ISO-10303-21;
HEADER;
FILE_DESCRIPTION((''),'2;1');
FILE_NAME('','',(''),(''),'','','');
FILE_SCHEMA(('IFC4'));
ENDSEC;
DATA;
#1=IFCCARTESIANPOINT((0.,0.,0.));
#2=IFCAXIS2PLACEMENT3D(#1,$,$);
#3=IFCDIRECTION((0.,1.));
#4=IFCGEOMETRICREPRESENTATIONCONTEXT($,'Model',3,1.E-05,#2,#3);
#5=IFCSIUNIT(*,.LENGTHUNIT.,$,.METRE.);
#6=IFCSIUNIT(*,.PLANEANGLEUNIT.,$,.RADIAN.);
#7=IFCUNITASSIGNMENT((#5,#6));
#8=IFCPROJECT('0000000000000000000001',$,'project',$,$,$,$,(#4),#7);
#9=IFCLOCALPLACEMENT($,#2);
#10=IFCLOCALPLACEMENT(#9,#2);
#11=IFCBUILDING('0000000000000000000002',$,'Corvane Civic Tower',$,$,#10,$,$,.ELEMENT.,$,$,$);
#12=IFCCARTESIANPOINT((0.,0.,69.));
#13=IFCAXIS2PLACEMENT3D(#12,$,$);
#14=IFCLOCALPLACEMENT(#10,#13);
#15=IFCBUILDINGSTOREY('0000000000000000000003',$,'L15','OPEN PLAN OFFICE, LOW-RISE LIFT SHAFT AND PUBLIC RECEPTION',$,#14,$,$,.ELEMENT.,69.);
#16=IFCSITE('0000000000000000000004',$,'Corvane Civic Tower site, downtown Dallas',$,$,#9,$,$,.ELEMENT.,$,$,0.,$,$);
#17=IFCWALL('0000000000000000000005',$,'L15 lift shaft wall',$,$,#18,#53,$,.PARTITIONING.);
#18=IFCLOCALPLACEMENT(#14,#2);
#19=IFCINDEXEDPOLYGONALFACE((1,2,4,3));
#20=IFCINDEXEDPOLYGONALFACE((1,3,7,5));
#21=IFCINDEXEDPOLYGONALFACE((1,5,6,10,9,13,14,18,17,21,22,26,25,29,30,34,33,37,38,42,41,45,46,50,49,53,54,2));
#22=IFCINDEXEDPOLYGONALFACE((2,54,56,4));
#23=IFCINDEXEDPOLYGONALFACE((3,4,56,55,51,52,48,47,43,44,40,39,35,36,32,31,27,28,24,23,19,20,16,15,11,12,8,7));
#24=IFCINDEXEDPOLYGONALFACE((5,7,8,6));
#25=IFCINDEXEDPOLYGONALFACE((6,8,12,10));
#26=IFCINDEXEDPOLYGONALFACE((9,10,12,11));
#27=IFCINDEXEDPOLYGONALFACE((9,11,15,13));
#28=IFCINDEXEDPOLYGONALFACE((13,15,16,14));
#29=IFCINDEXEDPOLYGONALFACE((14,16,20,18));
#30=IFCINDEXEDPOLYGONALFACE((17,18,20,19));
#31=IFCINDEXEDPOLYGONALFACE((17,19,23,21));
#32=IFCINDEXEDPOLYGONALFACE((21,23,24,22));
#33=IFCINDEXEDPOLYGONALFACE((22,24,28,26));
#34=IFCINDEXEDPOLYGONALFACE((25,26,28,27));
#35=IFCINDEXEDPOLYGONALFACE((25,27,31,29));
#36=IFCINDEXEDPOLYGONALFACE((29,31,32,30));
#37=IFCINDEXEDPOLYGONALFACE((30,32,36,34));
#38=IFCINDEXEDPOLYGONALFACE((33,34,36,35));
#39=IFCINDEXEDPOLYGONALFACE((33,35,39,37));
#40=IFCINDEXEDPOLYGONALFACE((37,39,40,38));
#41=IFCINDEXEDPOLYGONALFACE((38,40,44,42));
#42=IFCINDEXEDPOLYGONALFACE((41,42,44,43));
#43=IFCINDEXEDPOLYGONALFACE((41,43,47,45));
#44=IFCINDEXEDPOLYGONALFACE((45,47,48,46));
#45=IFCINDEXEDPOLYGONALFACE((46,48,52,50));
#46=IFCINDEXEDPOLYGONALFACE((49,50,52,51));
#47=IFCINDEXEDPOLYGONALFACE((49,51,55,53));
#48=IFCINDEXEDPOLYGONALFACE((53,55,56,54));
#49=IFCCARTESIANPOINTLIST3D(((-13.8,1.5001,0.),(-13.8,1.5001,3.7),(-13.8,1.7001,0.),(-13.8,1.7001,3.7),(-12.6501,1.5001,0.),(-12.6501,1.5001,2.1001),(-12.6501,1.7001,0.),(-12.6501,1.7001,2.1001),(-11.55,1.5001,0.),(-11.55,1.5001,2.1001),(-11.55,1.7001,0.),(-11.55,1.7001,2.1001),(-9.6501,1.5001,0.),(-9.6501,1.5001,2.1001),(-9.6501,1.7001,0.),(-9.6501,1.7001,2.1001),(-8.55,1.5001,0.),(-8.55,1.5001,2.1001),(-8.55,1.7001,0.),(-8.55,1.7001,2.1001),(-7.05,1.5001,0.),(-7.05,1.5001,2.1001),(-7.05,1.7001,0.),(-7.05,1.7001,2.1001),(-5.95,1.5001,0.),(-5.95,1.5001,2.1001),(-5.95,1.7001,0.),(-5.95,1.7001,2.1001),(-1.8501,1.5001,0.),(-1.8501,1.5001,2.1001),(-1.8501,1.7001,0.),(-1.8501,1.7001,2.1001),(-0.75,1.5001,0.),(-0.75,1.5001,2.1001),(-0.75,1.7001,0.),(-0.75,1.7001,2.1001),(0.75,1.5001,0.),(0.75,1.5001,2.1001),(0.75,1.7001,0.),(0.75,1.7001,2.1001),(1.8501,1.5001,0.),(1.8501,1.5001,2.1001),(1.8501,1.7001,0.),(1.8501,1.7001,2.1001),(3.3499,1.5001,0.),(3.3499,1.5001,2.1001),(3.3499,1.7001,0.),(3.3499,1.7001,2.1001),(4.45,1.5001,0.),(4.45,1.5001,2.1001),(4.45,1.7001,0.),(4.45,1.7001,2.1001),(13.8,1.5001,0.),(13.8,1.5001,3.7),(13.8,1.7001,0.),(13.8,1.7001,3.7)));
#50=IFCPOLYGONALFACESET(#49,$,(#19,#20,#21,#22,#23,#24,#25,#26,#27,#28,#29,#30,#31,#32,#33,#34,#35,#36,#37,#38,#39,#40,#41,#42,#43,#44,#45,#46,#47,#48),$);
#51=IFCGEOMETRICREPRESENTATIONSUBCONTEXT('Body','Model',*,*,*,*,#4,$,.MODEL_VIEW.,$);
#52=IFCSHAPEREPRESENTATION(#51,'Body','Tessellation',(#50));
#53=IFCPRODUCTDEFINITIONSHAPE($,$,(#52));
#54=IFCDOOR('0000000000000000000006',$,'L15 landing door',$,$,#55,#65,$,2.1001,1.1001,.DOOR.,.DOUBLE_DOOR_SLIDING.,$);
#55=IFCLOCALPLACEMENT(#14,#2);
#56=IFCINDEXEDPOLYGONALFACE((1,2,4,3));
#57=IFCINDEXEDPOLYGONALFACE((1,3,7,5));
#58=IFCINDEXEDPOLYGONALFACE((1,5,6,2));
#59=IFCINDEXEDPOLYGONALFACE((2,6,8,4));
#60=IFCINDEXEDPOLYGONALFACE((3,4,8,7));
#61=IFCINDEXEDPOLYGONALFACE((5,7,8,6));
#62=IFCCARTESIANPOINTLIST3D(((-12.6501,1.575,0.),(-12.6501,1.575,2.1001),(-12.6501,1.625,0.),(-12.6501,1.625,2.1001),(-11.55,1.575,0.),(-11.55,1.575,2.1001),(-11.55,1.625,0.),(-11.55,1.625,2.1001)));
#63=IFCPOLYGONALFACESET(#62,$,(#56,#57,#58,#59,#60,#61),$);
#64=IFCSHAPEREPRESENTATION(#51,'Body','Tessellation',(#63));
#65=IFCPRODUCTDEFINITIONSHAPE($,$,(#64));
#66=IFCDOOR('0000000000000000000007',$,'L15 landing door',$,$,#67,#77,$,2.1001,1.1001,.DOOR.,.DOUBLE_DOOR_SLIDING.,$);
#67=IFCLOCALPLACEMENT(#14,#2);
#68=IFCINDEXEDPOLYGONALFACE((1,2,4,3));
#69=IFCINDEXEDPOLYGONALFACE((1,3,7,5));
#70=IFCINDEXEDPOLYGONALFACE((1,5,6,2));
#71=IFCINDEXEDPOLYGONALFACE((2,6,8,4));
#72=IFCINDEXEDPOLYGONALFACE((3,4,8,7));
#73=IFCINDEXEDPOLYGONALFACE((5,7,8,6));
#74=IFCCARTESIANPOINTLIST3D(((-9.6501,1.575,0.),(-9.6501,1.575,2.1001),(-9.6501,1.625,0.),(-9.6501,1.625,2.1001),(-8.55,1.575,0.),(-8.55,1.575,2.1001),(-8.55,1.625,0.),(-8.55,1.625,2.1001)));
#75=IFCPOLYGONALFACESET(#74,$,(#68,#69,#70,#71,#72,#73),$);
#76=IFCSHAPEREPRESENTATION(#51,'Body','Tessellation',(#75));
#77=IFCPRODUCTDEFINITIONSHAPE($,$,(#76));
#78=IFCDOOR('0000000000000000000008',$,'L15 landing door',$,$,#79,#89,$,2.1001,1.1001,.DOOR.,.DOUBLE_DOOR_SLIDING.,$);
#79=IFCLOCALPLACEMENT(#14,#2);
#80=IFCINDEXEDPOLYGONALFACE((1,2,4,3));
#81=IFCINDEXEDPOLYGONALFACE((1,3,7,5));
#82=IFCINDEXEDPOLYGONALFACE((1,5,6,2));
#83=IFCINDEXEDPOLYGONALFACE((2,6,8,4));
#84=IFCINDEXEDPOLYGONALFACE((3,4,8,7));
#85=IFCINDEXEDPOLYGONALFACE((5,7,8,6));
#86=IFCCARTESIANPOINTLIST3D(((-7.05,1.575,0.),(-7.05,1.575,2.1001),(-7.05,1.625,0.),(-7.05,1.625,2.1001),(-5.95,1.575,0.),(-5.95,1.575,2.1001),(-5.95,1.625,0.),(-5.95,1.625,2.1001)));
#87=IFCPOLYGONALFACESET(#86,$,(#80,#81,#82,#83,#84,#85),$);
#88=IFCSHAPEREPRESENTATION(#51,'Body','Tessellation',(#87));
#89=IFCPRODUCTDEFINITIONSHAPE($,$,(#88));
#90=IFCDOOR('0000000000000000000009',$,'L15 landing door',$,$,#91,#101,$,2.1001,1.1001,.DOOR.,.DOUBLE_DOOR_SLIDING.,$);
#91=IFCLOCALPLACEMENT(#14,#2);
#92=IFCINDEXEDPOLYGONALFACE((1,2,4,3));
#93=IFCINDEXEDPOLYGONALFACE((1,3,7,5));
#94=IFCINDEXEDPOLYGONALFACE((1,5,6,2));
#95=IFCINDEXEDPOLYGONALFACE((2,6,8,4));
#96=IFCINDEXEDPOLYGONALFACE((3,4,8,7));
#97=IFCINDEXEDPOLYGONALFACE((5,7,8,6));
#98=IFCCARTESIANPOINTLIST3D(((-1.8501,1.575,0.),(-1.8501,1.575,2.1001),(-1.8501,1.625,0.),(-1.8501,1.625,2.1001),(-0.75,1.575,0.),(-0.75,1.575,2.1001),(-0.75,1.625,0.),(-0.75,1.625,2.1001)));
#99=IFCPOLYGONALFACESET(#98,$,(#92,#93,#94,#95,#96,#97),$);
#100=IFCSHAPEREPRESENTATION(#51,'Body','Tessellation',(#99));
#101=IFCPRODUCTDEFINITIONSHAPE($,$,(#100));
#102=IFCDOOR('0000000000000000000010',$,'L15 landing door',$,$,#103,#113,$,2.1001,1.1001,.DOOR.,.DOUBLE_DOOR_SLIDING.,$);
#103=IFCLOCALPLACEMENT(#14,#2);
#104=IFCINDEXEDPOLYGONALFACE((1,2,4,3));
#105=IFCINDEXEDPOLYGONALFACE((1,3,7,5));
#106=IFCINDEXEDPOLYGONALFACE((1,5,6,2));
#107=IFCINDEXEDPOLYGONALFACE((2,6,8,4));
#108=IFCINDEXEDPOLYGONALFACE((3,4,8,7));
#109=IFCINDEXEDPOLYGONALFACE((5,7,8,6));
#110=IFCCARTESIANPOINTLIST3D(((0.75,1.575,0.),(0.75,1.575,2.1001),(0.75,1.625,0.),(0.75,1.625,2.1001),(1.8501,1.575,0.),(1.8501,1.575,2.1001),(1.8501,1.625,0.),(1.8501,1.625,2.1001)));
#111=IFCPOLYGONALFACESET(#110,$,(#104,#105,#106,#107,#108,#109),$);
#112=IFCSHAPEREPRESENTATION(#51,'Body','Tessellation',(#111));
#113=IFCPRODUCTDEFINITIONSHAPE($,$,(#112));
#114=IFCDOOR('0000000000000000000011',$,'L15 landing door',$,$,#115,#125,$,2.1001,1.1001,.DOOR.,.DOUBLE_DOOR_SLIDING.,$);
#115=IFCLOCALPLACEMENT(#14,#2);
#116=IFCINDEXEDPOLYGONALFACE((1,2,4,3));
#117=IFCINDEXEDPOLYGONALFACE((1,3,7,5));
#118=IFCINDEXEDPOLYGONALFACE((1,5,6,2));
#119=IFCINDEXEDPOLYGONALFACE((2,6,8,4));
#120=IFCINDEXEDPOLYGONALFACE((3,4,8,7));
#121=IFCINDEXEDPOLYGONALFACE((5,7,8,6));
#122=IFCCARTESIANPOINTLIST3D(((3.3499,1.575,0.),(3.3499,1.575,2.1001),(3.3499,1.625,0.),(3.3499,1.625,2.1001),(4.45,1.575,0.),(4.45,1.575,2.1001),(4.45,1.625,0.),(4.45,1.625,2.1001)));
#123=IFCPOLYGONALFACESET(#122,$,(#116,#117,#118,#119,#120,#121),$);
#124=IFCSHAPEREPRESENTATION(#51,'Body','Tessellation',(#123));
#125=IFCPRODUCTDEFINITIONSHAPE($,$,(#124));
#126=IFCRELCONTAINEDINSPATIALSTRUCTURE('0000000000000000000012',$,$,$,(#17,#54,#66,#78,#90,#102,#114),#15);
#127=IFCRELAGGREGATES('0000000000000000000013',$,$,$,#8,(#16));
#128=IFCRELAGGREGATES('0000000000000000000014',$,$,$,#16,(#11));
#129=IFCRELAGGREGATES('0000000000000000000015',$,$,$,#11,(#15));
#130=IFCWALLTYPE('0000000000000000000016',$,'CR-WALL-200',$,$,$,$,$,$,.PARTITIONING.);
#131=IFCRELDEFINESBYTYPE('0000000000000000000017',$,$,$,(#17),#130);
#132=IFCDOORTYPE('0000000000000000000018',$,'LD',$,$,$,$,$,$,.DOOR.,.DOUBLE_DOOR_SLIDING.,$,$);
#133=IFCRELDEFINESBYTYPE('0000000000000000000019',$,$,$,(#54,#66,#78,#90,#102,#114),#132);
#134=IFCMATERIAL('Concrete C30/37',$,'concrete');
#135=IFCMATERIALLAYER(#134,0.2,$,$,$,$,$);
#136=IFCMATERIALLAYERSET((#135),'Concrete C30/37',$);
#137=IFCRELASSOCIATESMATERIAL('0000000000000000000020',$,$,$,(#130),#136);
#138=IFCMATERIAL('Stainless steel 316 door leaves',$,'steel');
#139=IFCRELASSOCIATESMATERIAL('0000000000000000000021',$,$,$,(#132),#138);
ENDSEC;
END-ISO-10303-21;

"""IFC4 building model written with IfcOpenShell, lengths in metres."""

from ifc_helpers import new_model, si_unit, direction, frame, frame_2d, origin, place, context, subcontext, project, spatial, rectangle, extrude, material, layer, layer_set, type_object, element, fill, save


model = new_model("IFC4")

# Units and contexts
model_context = context("Model", 3, precision=1e-05, world=origin(), true_north=direction((0.0, 1.0)))
body_context = subcontext(model_context, "Body", "Model", "MODEL_VIEW")
ifc_project = project(units=[si_unit("LENGTHUNIT", "METRE"), si_unit("PLANEANGLEUNIT", "RADIAN")], contexts=[model_context])

# Site, building, storey
site_placement = place(None, origin())
site = spatial("IfcSite", under=ifc_project, at=site_placement, Name="Corvane Civic Tower site, downtown Dallas", CompositionType="ELEMENT", RefElevation=0.0)
building_placement = place(site_placement, origin())
building = spatial("IfcBuilding", under=site, at=building_placement, Name="Corvane Civic Tower", CompositionType="ELEMENT")
storey_placement = place(building_placement, frame((0.0, 0.0, 69.0)))
storey = spatial("IfcBuildingStorey", under=building, at=storey_placement, Name="L15", Description="OPEN PLAN OFFICE, LOW-RISE LIFT SHAFT AND PUBLIC RECEPTION", CompositionType="ELEMENT", Elevation=69.0)

# Wall, openings, doors
ifc_material_1 = material(Name="Concrete C30/37", Category="concrete")
ifc_layer_1 = layer(ifc_material_1, 0.2)
ifc_layer_set_1 = layer_set([ifc_layer_1], Name="Concrete C30/37")
wall_type_1 = type_object("IfcWallType", Name="CR-WALL-200", PredefinedType="PARTITIONING", material=ifc_layer_set_1)
wall_1_placement = place(storey_placement, frame((-13.8, 1.6001, 0.0), z_axis=(0.0, 0.0, 1.0), x_axis=(1.0, 0.0, 0.0)))
wall_1 = element("IfcWall", 1, at=wall_1_placement, inside=storey, type_object=wall_type_1, Name="L15 lift shaft wall", PredefinedType="PARTITIONING", context=body_context, shape_type="SweptSolid", body=[
    extrude(rectangle(XDim=27.6001, YDim=0.2, at=frame_2d((13.8, 0.0))), origin(), (0.0, 0.0, 1.0), 3.7),
])
opening_1_placement = place(wall_1_placement, frame((1.1499, 0.0, 0.0)))
opening_1 = element("IfcOpeningElement", 2, at=opening_1_placement, cuts=wall_1, PredefinedType="OPENING", context=body_context, shape_type="SweptSolid", body=[
    extrude(rectangle(XDim=1.1001, YDim=2.1001, at=frame_2d((0.55, 1.05))), frame((0.0, 0.1099, 0.0), z_axis=(0.0, -1.0, 0.0), x_axis=(1.0, 0.0, 0.0)), (0.0, 0.0, 1.0), 0.22),
])
opening_2_placement = place(wall_1_placement, frame((4.1499, 0.0, 0.0)))
opening_2 = element("IfcOpeningElement", 3, at=opening_2_placement, cuts=wall_1, PredefinedType="OPENING", context=body_context, shape_type="SweptSolid", body=[
    extrude(rectangle(XDim=1.1001, YDim=2.1001, at=frame_2d((0.55, 1.05))), frame((0.0, 0.1099, 0.0), z_axis=(0.0, -1.0, 0.0), x_axis=(1.0, 0.0, 0.0)), (0.0, 0.0, 1.0), 0.22),
])
opening_3_placement = place(wall_1_placement, frame((6.75, 0.0, 0.0)))
opening_3 = element("IfcOpeningElement", 4, at=opening_3_placement, cuts=wall_1, PredefinedType="OPENING", context=body_context, shape_type="SweptSolid", body=[
    extrude(rectangle(XDim=1.1001, YDim=2.1001, at=frame_2d((0.55, 1.05))), frame((0.0, 0.1099, 0.0), z_axis=(0.0, -1.0, 0.0), x_axis=(1.0, 0.0, 0.0)), (0.0, 0.0, 1.0), 0.22),
])
opening_4_placement = place(wall_1_placement, frame((11.95, 0.0, 0.0)))
opening_4 = element("IfcOpeningElement", 5, at=opening_4_placement, cuts=wall_1, PredefinedType="OPENING", context=body_context, shape_type="SweptSolid", body=[
    extrude(rectangle(XDim=1.1001, YDim=2.1001, at=frame_2d((0.55, 1.05))), frame((0.0, 0.1099, 0.0), z_axis=(0.0, -1.0, 0.0), x_axis=(1.0, 0.0, 0.0)), (0.0, 0.0, 1.0), 0.22),
])
opening_5_placement = place(wall_1_placement, frame((14.55, 0.0, 0.0)))
opening_5 = element("IfcOpeningElement", 6, at=opening_5_placement, cuts=wall_1, PredefinedType="OPENING", context=body_context, shape_type="SweptSolid", body=[
    extrude(rectangle(XDim=1.1001, YDim=2.1001, at=frame_2d((0.55, 1.05))), frame((0.0, 0.1099, 0.0), z_axis=(0.0, -1.0, 0.0), x_axis=(1.0, 0.0, 0.0)), (0.0, 0.0, 1.0), 0.22),
])
opening_6_placement = place(wall_1_placement, frame((17.1499, 0.0, 0.0)))
opening_6 = element("IfcOpeningElement", 7, at=opening_6_placement, cuts=wall_1, PredefinedType="OPENING", context=body_context, shape_type="SweptSolid", body=[
    extrude(rectangle(XDim=1.1001, YDim=2.1001, at=frame_2d((0.55, 1.05))), frame((0.0, 0.1099, 0.0), z_axis=(0.0, -1.0, 0.0), x_axis=(1.0, 0.0, 0.0)), (0.0, 0.0, 1.0), 0.22),
])
ifc_material_2 = material(Name="Stainless steel 316 door leaves", Category="steel")
door_type_1 = type_object("IfcDoorType", Name="LD", OperationType="DOUBLE_DOOR_SLIDING", PredefinedType="DOOR", material=ifc_material_2)
door_1_placement = place(opening_1_placement, origin())
door_1 = element("IfcDoor", 8, at=door_1_placement, inside=storey, type_object=door_type_1, Name="L15 landing door", OperationType="DOUBLE_DOOR_SLIDING", OverallHeight=2.1001, OverallWidth=1.1001, PredefinedType="DOOR", context=body_context, shape_type="SweptSolid", body=[
    extrude(rectangle(XDim=1.1001, YDim=2.1001, at=frame_2d((0.55, 1.05))), frame((0.0, 0.0249, 0.0), z_axis=(0.0, -1.0, 0.0), x_axis=(1.0, 0.0, 0.0)), (0.0, 0.0, 1.0), 0.05),
])
fill(opening_1, door_1)
door_2_placement = place(opening_2_placement, origin())
door_2 = element("IfcDoor", 9, at=door_2_placement, inside=storey, type_object=door_type_1, Name="L15 landing door", OperationType="DOUBLE_DOOR_SLIDING", OverallHeight=2.1001, OverallWidth=1.1001, PredefinedType="DOOR", context=body_context, shape_type="SweptSolid", body=[
    extrude(rectangle(XDim=1.1001, YDim=2.1001, at=frame_2d((0.55, 1.05))), frame((0.0, 0.0249, 0.0), z_axis=(0.0, -1.0, 0.0), x_axis=(1.0, 0.0, 0.0)), (0.0, 0.0, 1.0), 0.05),
])
fill(opening_2, door_2)
door_3_placement = place(opening_3_placement, origin())
door_3 = element("IfcDoor", 10, at=door_3_placement, inside=storey, type_object=door_type_1, Name="L15 landing door", OperationType="DOUBLE_DOOR_SLIDING", OverallHeight=2.1001, OverallWidth=1.1001, PredefinedType="DOOR", context=body_context, shape_type="SweptSolid", body=[
    extrude(rectangle(XDim=1.1001, YDim=2.1001, at=frame_2d((0.55, 1.05))), frame((0.0, 0.0249, 0.0), z_axis=(0.0, -1.0, 0.0), x_axis=(1.0, 0.0, 0.0)), (0.0, 0.0, 1.0), 0.05),
])
fill(opening_3, door_3)
door_4_placement = place(opening_4_placement, origin())
door_4 = element("IfcDoor", 11, at=door_4_placement, inside=storey, type_object=door_type_1, Name="L15 landing door", OperationType="DOUBLE_DOOR_SLIDING", OverallHeight=2.1001, OverallWidth=1.1001, PredefinedType="DOOR", context=body_context, shape_type="SweptSolid", body=[
    extrude(rectangle(XDim=1.1001, YDim=2.1001, at=frame_2d((0.55, 1.05))), frame((0.0, 0.0249, 0.0), z_axis=(0.0, -1.0, 0.0), x_axis=(1.0, 0.0, 0.0)), (0.0, 0.0, 1.0), 0.05),
])
fill(opening_4, door_4)
door_5_placement = place(opening_5_placement, origin())
door_5 = element("IfcDoor", 12, at=door_5_placement, inside=storey, type_object=door_type_1, Name="L15 landing door", OperationType="DOUBLE_DOOR_SLIDING", OverallHeight=2.1001, OverallWidth=1.1001, PredefinedType="DOOR", context=body_context, shape_type="SweptSolid", body=[
    extrude(rectangle(XDim=1.1001, YDim=2.1001, at=frame_2d((0.55, 1.05))), frame((0.0, 0.0249, 0.0), z_axis=(0.0, -1.0, 0.0), x_axis=(1.0, 0.0, 0.0)), (0.0, 0.0, 1.0), 0.05),
])
fill(opening_5, door_5)
door_6_placement = place(opening_6_placement, origin())
door_6 = element("IfcDoor", 13, at=door_6_placement, inside=storey, type_object=door_type_1, Name="L15 landing door", OperationType="DOUBLE_DOOR_SLIDING", OverallHeight=2.1001, OverallWidth=1.1001, PredefinedType="DOOR", context=body_context, shape_type="SweptSolid", body=[
    extrude(rectangle(XDim=1.1001, YDim=2.1001, at=frame_2d((0.55, 1.05))), frame((0.0, 0.0249, 0.0), z_axis=(0.0, -1.0, 0.0), x_axis=(1.0, 0.0, 0.0)), (0.0, 0.0, 1.0), 0.05),
])
fill(opening_6, door_6)

save(model, "model.ifc")
